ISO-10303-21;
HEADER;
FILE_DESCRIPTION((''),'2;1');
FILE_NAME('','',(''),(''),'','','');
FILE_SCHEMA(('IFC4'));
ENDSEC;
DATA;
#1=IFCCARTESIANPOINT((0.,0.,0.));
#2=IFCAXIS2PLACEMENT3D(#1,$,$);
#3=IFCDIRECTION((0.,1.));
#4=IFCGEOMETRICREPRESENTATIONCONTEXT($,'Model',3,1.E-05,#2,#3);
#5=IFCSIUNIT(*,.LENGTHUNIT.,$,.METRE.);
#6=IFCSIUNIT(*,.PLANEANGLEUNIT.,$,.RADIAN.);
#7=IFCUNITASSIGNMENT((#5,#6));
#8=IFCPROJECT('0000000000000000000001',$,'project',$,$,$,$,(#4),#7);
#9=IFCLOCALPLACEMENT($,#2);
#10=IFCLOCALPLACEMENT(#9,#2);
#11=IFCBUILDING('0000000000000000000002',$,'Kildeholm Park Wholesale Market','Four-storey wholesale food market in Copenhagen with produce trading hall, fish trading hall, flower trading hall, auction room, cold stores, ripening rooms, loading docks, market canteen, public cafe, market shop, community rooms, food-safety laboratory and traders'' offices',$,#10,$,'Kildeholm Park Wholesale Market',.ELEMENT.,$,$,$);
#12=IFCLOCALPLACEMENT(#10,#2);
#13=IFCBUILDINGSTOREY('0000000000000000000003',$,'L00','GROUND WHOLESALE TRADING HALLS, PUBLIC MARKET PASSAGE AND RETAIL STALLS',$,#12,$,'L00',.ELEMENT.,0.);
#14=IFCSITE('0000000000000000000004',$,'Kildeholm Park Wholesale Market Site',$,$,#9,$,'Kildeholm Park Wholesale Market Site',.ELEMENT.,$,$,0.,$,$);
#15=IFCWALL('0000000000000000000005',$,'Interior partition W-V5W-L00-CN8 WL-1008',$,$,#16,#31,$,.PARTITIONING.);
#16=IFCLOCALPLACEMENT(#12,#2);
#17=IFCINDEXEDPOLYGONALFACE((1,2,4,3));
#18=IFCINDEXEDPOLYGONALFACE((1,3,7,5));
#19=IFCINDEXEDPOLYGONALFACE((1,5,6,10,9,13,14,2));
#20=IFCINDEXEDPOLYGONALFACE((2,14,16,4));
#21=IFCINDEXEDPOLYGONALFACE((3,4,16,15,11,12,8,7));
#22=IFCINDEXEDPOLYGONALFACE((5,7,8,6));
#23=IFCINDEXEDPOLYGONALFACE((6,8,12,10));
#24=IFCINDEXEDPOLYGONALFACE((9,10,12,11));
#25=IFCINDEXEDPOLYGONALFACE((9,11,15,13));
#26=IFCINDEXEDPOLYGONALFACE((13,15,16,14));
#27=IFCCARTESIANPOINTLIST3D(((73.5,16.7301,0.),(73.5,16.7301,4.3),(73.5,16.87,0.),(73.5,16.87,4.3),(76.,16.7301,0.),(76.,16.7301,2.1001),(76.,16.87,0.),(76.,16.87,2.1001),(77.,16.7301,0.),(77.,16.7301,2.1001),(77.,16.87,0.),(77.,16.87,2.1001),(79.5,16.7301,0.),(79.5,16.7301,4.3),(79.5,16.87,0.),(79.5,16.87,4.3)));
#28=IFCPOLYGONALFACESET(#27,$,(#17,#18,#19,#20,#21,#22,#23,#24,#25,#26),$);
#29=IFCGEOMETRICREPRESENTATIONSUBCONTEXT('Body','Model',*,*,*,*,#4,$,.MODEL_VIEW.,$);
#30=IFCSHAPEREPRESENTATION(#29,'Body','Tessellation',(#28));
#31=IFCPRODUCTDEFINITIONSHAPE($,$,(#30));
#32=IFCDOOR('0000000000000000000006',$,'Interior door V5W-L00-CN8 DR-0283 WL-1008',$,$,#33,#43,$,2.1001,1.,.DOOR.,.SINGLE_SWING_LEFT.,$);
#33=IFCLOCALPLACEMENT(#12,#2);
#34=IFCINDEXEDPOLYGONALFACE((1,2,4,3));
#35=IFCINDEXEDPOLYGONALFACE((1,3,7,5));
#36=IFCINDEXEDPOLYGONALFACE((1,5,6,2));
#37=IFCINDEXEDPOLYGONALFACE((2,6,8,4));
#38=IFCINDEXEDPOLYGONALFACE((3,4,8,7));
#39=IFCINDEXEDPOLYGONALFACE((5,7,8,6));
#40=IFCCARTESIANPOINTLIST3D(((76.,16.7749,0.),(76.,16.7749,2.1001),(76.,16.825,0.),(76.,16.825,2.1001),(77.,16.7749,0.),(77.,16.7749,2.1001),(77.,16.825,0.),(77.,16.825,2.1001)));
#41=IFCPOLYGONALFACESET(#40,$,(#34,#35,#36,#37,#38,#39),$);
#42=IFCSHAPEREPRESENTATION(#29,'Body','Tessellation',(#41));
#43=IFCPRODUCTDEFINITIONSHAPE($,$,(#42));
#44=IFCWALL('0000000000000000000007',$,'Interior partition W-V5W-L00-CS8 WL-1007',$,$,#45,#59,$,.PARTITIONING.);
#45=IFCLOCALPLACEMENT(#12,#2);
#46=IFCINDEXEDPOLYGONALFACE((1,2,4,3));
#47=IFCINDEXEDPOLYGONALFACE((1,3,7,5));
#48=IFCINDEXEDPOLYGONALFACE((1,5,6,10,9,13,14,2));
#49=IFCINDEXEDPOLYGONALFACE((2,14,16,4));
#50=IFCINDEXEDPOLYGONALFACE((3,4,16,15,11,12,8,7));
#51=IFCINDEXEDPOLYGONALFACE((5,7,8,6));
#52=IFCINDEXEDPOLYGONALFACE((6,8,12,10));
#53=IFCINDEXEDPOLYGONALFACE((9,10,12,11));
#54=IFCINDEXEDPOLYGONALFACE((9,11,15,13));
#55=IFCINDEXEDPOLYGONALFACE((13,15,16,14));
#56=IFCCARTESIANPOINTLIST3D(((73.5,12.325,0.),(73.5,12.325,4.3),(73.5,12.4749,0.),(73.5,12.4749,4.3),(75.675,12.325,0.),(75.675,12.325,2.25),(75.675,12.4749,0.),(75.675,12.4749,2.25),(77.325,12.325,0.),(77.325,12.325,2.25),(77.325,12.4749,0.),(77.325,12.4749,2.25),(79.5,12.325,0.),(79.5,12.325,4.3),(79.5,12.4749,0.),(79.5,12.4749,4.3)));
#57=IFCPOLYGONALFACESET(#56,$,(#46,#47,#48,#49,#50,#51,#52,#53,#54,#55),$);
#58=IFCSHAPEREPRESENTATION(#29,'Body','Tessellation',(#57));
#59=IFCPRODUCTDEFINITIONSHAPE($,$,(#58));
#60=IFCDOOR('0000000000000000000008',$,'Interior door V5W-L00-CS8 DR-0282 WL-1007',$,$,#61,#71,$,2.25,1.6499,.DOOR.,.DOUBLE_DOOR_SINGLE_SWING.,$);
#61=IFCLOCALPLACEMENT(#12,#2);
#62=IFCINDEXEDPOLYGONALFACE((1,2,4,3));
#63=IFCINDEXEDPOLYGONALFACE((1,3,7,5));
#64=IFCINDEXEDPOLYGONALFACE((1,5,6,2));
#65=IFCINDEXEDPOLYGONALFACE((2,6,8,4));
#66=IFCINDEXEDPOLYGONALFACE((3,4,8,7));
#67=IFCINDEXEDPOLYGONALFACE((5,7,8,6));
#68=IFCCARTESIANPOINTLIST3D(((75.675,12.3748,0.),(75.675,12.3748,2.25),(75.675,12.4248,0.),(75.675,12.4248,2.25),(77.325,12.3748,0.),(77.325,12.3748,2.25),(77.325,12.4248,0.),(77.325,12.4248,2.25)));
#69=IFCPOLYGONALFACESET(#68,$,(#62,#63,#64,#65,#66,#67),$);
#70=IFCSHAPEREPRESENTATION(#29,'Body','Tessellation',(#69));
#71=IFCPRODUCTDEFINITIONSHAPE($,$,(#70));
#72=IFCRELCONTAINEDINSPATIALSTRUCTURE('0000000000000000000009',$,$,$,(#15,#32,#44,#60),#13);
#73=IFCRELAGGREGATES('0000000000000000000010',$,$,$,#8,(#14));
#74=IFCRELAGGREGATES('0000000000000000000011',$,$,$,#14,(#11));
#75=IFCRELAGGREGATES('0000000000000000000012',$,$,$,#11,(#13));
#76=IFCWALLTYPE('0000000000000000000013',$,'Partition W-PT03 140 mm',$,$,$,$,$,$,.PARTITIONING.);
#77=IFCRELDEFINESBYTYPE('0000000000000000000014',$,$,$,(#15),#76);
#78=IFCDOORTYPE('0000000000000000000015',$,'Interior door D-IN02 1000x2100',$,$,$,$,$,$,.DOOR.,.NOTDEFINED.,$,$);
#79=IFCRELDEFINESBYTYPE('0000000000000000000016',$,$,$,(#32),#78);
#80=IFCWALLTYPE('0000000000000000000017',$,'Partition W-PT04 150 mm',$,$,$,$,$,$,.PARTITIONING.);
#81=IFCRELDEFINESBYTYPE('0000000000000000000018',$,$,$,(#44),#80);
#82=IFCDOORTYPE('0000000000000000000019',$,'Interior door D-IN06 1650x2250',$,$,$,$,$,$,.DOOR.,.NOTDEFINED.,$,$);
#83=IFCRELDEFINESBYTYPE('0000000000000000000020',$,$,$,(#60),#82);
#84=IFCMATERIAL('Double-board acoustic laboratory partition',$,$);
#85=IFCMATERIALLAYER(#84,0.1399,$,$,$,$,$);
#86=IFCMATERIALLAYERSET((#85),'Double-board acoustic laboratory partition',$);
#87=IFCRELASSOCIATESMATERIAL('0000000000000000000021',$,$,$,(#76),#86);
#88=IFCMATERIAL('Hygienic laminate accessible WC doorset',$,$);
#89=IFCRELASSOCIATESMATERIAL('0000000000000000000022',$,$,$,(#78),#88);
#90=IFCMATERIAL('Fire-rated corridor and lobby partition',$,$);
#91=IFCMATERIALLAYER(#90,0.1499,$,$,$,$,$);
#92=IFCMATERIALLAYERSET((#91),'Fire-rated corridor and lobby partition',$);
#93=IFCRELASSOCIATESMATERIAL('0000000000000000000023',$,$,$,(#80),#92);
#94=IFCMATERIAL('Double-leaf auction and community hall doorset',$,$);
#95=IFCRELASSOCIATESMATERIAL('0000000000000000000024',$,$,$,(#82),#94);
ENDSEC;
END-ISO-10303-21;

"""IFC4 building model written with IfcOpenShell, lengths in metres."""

from ifc_helpers import new_model, si_unit, direction, frame, frame_2d, origin, place, context, subcontext, project, spatial, rectangle, extrude, material, layer, layer_set, type_object, element, fill, save


model = new_model("IFC4")

# Units and contexts
model_context = context("Model", 3, precision=1e-05, world=origin(), true_north=direction((0.0, 1.0)))
body_context = subcontext(model_context, "Body", "Model", "MODEL_VIEW")
ifc_project = project(units=[si_unit("LENGTHUNIT", "METRE"), si_unit("PLANEANGLEUNIT", "RADIAN")], contexts=[model_context])

# Site, building, storey
site_placement = place(None, origin())
site = spatial("IfcSite", under=ifc_project, at=site_placement, Name="Kildeholm Park Wholesale Market Site", LongName="Kildeholm Park Wholesale Market Site", CompositionType="ELEMENT", RefElevation=0.0)
building_placement = place(site_placement, origin())
building = spatial("IfcBuilding", under=site, at=building_placement, Name="Kildeholm Park Wholesale Market", Description="Four-storey wholesale food market in Copenhagen with produce trading hall, fish trading hall, flower trading hall, auction room, cold stores, ripening rooms, loading docks, market canteen, public cafe, market shop, community rooms, food-safety laboratory and traders' offices", LongName="Kildeholm Park Wholesale Market", CompositionType="ELEMENT")
storey_placement = place(building_placement, origin())
storey = spatial("IfcBuildingStorey", under=building, at=storey_placement, Name="L00", Description="GROUND WHOLESALE TRADING HALLS, PUBLIC MARKET PASSAGE AND RETAIL STALLS", LongName="L00", CompositionType="ELEMENT", Elevation=0.0)

# Walls, openings, doors
ifc_material_1 = material(Name="Double-board acoustic laboratory partition")
ifc_layer_1 = layer(ifc_material_1, 0.1399)
ifc_layer_set_1 = layer_set([ifc_layer_1], Name="Double-board acoustic laboratory partition")
wall_type_1 = type_object("IfcWallType", Name="Partition W-PT03 140 mm", PredefinedType="PARTITIONING", material=ifc_layer_set_1)
wall_1_placement = place(storey_placement, frame((73.5, 16.8, 0.0), z_axis=(0.0, 0.0, 1.0), x_axis=(1.0, 0.0, 0.0)))
wall_1 = element("IfcWall", 1, at=wall_1_placement, inside=storey, type_object=wall_type_1, Name="Interior partition W-V5W-L00-CN8 WL-1008", PredefinedType="PARTITIONING", context=body_context, shape_type="SweptSolid", body=[
    extrude(rectangle(XDim=6.0, YDim=0.1399, at=frame_2d((3.0, 0.0))), origin(), (0.0, 0.0, 1.0), 4.3),
])
opening_1_placement = place(wall_1_placement, frame((2.5, 0.0, 0.0)))
opening_1 = element("IfcOpeningElement", 2, at=opening_1_placement, cuts=wall_1, PredefinedType="OPENING", context=body_context, shape_type="SweptSolid", body=[
    extrude(rectangle(XDim=1.0, YDim=2.1001, at=frame_2d((0.5, 1.05))), frame((0.0, 0.0798, 0.0), z_axis=(0.0, -1.0, 0.0), x_axis=(1.0, 0.0, 0.0)), (0.0, 0.0, 1.0), 0.1599),
])
ifc_material_2 = material(Name="Hygienic laminate accessible WC doorset")
door_type_1 = type_object("IfcDoorType", Name="Interior door D-IN02 1000x2100", OperationType="NOTDEFINED", PredefinedType="DOOR", material=ifc_material_2)
door_1_placement = place(opening_1_placement, origin())
door_1 = element("IfcDoor", 3, at=door_1_placement, inside=storey, type_object=door_type_1, Name="Interior door V5W-L00-CN8 DR-0283 WL-1008", OperationType="SINGLE_SWING_LEFT", OverallHeight=2.1001, OverallWidth=1.0, PredefinedType="DOOR", context=body_context, shape_type="SweptSolid", body=[
    extrude(rectangle(XDim=1.0, YDim=2.1001, at=frame_2d((0.5, 1.05))), frame((0.0, 0.0249, 0.0), z_axis=(0.0, -1.0, 0.0), x_axis=(1.0, 0.0, 0.0)), (0.0, 0.0, 1.0), 0.05),
])
fill(opening_1, door_1)
ifc_material_3 = material(Name="Fire-rated corridor and lobby partition")
ifc_layer_2 = layer(ifc_material_3, 0.1499)
ifc_layer_set_2 = layer_set([ifc_layer_2], Name="Fire-rated corridor and lobby partition")
wall_type_2 = type_object("IfcWallType", Name="Partition W-PT04 150 mm", PredefinedType="PARTITIONING", material=ifc_layer_set_2)
wall_2_placement = place(storey_placement, frame((73.5, 12.3999, 0.0), z_axis=(0.0, 0.0, 1.0), x_axis=(1.0, 0.0, 0.0)))
wall_2 = element("IfcWall", 4, at=wall_2_placement, inside=storey, type_object=wall_type_2, Name="Interior partition W-V5W-L00-CS8 WL-1007", PredefinedType="PARTITIONING", context=body_context, shape_type="SweptSolid", body=[
    extrude(rectangle(XDim=6.0, YDim=0.1499, at=frame_2d((3.0, 0.0))), origin(), (0.0, 0.0, 1.0), 4.3),
])
opening_2_placement = place(wall_2_placement, frame((2.175, 0.0, 0.0)))
opening_2 = element("IfcOpeningElement", 5, at=opening_2_placement, cuts=wall_2, PredefinedType="OPENING", context=body_context, shape_type="SweptSolid", body=[
    extrude(rectangle(XDim=1.6499, YDim=2.25, at=frame_2d((0.825, 1.125))), frame((0.0, 0.085, 0.0), z_axis=(0.0, -1.0, 0.0), x_axis=(1.0, 0.0, 0.0)), (0.0, 0.0, 1.0), 0.1699),
])
ifc_material_4 = material(Name="Double-leaf auction and community hall doorset")
door_type_2 = type_object("IfcDoorType", Name="Interior door D-IN06 1650x2250", OperationType="NOTDEFINED", PredefinedType="DOOR", material=ifc_material_4)
door_2_placement = place(opening_2_placement, origin())
door_2 = element("IfcDoor", 6, at=door_2_placement, inside=storey, type_object=door_type_2, Name="Interior door V5W-L00-CS8 DR-0282 WL-1007", OperationType="DOUBLE_DOOR_SINGLE_SWING", OverallHeight=2.25, OverallWidth=1.6499, PredefinedType="DOOR", context=body_context, shape_type="SweptSolid", body=[
    extrude(rectangle(XDim=1.6499, YDim=2.25, at=frame_2d((0.825, 1.125))), frame((0.0, 0.0249, 0.0), z_axis=(0.0, -1.0, 0.0), x_axis=(1.0, 0.0, 0.0)), (0.0, 0.0, 1.0), 0.05),
])
fill(opening_2, door_2)

save(model, "model.ifc")
